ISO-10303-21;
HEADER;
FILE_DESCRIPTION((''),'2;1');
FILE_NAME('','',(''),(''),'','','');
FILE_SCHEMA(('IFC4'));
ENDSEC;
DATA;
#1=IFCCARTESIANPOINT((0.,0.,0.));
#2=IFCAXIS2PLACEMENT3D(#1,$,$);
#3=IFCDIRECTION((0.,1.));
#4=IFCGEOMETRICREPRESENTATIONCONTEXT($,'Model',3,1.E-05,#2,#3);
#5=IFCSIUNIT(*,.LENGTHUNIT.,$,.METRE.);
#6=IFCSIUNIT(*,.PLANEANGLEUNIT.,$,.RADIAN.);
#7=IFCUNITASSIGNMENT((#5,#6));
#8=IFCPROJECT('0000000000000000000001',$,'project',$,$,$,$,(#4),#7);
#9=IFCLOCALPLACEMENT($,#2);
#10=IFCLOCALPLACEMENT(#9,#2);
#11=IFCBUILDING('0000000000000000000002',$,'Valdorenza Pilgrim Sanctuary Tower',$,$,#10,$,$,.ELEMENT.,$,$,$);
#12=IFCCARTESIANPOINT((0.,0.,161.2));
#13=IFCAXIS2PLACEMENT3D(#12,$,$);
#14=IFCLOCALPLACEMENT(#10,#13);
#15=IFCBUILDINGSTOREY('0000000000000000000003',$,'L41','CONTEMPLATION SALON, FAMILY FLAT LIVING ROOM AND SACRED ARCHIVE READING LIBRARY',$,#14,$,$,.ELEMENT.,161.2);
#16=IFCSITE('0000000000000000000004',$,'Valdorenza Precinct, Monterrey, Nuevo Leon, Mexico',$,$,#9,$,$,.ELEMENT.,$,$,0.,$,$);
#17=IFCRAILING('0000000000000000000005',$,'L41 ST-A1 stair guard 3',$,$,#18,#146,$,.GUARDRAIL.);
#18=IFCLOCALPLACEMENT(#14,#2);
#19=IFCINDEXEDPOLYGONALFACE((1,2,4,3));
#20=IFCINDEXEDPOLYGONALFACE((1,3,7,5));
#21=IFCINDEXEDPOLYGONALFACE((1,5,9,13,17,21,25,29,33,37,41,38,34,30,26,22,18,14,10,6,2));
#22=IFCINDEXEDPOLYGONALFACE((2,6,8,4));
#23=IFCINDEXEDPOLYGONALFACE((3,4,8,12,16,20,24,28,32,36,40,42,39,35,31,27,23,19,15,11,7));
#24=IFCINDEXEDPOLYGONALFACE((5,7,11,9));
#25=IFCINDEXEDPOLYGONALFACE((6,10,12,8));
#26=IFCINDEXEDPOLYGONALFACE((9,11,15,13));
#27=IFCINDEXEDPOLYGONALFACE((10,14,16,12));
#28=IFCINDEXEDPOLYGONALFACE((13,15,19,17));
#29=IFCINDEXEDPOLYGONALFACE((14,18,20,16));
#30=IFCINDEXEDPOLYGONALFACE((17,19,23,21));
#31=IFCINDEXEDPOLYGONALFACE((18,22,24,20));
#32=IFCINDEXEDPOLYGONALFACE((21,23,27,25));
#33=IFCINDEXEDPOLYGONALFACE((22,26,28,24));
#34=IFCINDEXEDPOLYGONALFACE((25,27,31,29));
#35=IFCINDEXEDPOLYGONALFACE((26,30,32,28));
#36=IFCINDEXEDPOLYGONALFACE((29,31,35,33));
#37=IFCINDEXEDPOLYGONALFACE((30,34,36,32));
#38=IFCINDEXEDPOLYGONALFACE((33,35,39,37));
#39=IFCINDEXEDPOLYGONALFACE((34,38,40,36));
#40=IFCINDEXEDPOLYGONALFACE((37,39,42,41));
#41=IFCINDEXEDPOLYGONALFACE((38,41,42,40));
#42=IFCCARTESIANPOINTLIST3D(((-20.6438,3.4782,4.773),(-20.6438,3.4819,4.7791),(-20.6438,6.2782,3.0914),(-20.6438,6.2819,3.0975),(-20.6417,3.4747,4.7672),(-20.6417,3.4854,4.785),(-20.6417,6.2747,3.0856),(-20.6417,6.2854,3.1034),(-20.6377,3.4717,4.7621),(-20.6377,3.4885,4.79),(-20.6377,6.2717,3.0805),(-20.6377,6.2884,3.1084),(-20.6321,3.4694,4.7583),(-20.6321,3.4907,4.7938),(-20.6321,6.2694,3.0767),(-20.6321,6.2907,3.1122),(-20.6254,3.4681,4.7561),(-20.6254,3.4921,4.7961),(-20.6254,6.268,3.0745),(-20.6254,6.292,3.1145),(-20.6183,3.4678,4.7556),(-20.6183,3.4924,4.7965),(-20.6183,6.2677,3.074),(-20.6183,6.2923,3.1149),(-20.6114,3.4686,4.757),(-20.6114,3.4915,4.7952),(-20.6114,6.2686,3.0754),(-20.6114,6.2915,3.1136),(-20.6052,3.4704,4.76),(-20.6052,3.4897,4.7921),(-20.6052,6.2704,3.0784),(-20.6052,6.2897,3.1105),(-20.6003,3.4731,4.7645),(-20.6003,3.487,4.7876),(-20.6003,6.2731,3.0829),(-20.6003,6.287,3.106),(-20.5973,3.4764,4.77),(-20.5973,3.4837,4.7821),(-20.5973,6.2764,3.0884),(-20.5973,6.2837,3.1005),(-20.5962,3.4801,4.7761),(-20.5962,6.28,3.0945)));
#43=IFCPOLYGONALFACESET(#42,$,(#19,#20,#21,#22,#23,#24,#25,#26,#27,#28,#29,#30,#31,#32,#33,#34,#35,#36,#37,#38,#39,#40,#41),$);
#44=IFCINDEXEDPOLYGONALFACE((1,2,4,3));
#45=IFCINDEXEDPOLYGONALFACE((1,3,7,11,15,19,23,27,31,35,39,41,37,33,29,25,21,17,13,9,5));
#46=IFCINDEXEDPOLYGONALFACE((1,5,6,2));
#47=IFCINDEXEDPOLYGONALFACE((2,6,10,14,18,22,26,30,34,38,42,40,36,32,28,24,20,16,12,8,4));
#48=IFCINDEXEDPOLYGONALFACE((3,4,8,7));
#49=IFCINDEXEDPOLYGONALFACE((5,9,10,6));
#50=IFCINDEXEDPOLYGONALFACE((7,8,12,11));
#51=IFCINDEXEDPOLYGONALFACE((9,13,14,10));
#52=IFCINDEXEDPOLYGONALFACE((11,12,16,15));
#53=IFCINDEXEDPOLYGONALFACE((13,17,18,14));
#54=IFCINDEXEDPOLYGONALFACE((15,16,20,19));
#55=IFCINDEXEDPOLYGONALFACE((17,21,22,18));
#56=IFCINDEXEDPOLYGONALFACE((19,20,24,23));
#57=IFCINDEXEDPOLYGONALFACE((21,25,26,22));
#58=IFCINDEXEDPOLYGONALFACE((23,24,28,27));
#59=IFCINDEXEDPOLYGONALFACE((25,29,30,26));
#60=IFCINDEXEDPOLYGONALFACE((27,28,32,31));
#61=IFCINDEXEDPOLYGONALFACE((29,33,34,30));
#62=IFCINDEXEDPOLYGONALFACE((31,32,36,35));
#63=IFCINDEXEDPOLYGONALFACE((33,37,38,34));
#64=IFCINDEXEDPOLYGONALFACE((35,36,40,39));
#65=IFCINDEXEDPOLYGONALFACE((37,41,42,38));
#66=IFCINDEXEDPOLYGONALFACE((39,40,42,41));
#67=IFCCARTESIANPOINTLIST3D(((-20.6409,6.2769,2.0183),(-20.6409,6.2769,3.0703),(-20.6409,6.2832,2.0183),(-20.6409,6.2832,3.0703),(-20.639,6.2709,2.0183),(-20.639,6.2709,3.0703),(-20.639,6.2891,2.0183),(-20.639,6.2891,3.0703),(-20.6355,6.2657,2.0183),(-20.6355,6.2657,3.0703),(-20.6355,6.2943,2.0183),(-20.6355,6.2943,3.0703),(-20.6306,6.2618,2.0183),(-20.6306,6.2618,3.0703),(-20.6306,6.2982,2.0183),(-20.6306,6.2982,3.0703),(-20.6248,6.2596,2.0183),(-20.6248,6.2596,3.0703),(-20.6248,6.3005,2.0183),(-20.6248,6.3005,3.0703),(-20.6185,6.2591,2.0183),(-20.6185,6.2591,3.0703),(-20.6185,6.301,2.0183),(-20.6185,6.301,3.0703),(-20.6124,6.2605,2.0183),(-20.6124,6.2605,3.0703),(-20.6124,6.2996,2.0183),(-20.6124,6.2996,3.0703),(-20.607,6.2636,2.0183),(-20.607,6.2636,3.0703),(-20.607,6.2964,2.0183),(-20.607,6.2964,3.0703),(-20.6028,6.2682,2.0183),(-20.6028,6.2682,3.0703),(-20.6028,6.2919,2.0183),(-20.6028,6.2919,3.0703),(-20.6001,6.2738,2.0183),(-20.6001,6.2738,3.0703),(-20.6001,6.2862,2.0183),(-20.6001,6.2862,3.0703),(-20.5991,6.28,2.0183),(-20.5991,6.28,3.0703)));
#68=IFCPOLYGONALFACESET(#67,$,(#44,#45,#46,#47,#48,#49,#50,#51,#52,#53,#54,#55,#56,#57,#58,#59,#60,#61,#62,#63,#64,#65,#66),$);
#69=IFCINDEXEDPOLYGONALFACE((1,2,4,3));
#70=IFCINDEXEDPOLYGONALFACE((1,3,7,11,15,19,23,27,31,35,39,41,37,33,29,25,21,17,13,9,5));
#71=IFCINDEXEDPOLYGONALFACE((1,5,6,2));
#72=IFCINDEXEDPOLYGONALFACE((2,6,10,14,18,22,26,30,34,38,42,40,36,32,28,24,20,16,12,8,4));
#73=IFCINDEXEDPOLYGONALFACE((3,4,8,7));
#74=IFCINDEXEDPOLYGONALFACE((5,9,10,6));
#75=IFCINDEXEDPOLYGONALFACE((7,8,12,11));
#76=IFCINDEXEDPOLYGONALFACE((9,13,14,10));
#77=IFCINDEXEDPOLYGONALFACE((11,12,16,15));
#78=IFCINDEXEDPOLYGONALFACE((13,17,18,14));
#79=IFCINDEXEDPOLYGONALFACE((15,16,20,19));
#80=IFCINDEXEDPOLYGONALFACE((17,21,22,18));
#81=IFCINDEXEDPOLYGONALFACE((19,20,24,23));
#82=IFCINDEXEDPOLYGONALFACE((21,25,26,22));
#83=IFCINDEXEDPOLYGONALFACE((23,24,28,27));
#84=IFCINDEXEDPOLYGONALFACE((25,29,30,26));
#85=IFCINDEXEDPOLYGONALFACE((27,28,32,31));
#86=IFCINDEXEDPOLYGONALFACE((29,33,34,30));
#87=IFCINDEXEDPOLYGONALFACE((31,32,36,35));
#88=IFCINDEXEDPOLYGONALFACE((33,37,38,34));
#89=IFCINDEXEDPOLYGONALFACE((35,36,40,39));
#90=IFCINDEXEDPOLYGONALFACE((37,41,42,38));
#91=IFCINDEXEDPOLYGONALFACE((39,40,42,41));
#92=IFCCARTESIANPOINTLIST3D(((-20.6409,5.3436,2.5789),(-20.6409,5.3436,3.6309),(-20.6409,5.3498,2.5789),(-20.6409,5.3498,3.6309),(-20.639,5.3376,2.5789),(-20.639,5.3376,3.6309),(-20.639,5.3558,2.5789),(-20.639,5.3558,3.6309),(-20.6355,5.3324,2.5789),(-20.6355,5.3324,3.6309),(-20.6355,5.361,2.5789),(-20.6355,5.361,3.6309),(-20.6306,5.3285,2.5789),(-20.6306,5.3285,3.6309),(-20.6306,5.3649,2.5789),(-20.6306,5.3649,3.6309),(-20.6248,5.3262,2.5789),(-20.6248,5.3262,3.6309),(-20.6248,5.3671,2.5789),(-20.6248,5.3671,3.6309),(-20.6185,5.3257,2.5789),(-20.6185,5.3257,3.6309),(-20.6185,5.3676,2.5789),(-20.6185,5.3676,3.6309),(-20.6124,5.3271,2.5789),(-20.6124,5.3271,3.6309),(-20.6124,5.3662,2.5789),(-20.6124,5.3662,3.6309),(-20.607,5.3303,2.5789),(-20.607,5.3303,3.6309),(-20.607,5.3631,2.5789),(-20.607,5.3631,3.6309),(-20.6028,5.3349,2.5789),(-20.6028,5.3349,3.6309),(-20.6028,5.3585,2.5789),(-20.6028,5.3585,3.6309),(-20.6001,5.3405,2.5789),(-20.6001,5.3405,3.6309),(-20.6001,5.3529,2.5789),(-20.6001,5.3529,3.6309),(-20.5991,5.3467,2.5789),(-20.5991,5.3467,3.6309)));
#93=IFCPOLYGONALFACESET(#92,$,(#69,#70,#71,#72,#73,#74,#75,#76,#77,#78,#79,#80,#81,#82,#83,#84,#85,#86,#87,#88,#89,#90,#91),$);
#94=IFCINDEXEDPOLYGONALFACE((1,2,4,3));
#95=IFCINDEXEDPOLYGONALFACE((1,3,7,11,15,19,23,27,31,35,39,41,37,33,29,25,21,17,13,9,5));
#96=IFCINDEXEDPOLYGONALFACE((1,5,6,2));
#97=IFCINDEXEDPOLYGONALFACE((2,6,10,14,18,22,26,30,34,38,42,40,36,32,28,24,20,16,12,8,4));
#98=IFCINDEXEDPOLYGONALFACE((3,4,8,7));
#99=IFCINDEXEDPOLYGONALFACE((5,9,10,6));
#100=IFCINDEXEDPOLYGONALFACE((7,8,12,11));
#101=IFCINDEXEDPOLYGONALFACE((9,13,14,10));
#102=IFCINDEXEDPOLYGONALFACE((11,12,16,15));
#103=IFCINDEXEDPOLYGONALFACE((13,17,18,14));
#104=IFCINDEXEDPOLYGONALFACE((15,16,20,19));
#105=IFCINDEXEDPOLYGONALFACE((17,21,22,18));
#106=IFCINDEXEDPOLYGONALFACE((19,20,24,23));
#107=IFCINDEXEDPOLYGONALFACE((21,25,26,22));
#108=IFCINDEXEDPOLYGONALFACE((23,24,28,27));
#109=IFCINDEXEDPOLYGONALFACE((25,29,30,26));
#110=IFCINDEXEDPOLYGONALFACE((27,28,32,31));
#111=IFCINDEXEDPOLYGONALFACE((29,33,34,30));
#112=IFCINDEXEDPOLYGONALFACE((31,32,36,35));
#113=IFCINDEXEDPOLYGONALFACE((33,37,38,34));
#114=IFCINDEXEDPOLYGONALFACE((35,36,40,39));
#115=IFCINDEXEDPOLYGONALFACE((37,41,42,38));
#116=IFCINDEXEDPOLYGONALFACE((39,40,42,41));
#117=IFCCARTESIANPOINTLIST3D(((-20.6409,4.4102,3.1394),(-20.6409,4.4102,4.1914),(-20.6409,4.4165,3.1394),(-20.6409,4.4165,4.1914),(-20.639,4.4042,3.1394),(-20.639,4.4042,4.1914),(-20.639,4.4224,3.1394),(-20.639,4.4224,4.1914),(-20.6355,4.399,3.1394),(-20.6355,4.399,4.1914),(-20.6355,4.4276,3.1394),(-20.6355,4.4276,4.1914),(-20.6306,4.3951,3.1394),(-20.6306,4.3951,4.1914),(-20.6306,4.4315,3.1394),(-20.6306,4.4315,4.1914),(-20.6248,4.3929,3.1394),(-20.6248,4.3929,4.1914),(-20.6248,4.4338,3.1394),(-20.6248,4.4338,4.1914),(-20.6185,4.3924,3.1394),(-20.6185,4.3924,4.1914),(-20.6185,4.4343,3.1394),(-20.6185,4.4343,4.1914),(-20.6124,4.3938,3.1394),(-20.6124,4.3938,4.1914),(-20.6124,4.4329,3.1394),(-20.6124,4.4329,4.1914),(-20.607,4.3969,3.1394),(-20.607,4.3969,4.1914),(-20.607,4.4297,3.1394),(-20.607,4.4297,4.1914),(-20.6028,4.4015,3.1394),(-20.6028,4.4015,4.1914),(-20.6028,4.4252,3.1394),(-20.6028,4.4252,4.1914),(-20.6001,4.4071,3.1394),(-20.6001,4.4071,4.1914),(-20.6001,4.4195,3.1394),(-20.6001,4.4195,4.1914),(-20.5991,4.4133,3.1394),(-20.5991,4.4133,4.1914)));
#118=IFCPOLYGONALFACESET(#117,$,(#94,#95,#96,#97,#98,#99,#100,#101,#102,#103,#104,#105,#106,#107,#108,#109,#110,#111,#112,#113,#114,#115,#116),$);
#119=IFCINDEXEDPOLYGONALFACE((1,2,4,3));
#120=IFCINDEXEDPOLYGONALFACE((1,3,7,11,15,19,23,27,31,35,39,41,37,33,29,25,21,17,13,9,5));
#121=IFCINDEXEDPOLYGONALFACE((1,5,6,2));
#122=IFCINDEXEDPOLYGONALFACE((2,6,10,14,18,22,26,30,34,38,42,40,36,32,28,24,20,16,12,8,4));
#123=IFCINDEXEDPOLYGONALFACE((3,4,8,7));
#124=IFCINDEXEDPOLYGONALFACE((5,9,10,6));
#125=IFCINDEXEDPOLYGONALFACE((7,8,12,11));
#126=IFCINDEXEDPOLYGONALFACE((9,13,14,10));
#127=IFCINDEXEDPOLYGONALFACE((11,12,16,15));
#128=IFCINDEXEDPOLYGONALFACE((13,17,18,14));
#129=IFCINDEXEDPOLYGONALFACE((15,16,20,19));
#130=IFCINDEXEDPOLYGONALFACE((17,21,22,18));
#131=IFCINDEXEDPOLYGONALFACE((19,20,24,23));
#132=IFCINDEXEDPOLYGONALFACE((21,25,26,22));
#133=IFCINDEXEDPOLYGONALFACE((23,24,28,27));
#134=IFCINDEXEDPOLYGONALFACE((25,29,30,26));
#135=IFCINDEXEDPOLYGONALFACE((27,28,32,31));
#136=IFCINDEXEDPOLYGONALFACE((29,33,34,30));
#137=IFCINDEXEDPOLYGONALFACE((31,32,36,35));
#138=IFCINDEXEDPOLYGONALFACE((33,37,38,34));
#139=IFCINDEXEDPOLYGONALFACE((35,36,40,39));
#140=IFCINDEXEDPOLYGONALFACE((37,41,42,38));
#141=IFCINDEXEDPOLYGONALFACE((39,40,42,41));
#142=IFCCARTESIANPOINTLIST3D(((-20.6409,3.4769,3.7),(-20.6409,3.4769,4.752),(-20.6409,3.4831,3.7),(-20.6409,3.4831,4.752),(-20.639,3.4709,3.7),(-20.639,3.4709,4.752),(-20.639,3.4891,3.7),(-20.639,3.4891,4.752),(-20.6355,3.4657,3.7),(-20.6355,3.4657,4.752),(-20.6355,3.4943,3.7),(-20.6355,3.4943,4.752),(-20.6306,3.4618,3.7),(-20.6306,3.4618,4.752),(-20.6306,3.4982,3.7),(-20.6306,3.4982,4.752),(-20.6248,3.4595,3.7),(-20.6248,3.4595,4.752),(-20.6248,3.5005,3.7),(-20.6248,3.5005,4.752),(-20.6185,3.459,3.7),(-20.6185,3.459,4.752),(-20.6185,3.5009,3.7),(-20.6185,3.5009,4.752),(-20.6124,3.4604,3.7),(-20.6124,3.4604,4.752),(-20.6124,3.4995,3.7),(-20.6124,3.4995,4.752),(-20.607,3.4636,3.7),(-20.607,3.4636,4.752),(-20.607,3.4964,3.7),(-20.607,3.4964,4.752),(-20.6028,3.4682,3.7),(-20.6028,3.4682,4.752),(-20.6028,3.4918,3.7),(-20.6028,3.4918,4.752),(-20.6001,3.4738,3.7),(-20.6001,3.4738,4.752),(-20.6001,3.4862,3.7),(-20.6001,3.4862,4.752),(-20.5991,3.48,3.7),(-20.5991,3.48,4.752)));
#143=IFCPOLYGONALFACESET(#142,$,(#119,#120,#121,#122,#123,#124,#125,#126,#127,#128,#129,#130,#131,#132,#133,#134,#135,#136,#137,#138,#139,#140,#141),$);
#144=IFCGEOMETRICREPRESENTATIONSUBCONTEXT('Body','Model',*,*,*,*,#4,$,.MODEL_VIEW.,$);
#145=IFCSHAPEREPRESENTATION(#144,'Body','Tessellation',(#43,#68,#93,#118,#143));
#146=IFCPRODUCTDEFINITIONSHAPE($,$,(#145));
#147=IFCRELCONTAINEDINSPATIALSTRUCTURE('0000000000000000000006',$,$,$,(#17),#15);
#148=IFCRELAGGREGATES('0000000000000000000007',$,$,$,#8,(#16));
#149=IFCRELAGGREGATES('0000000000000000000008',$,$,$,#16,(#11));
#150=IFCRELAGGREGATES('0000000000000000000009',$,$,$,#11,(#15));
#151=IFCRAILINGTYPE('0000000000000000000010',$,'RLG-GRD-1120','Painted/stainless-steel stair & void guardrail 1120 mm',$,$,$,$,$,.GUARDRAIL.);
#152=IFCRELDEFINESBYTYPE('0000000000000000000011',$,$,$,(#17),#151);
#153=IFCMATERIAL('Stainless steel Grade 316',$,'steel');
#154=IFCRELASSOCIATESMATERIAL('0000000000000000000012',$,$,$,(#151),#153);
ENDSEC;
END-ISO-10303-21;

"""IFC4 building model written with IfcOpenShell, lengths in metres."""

from ifc_helpers import new_model, si_unit, direction, frame, origin, origin_2d, place, context, subcontext, project, spatial, circle, extrude, material, type_object, element, save


model = new_model("IFC4")

# Units and contexts
model_context = context("Model", 3, precision=1e-05, world=origin(), true_north=direction((0.0, 1.0)))
body_context = subcontext(model_context, "Body", "Model", "MODEL_VIEW")
ifc_project = project(units=[si_unit("LENGTHUNIT", "METRE"), si_unit("PLANEANGLEUNIT", "RADIAN")], contexts=[model_context])

# Site, building, storey
site_placement = place(None, origin())
site = spatial("IfcSite", under=ifc_project, at=site_placement, Name="Valdorenza Precinct, Monterrey, Nuevo Leon, Mexico", CompositionType="ELEMENT", RefElevation=0.0)
building_placement = place(site_placement, origin())
building = spatial("IfcBuilding", under=site, at=building_placement, Name="Valdorenza Pilgrim Sanctuary Tower", CompositionType="ELEMENT")
storey_placement = place(building_placement, frame((0.0, 0.0, 161.2)))
storey = spatial("IfcBuildingStorey", under=building, at=storey_placement, Name="L41", Description="CONTEMPLATION SALON, FAMILY FLAT LIVING ROOM AND SACRED ARCHIVE READING LIBRARY", CompositionType="ELEMENT", Elevation=161.2)

# Railing
ifc_material_1 = material(Name="Stainless steel Grade 316", Category="steel")
railing_type_1 = type_object("IfcRailingType", Name="RLG-GRD-1120", Description="Painted/stainless-steel stair & void guardrail 1120 mm", PredefinedType="GUARDRAIL", material=ifc_material_1)
railing_1_placement = place(storey_placement, frame((-20.6201, 6.28, 2.0183)))
element("IfcRailing", 1, at=railing_1_placement, inside=storey, type_object=railing_type_1, Name="L41 ST-A1 stair guard 3", PredefinedType="GUARDRAIL", context=body_context, shape_type="SweptSolid", body=[
    extrude(circle(Radius=0.0239, at=origin_2d()), frame((0.0, 0.0, 1.0762), z_axis=(0.0, -0.857275, 0.514858), x_axis=(1.0, 0.0, 0.0)), (0.0, 0.0, 1.0), 3.2661),
    extrude(circle(Radius=0.021, at=origin_2d()), origin(), (0.0, 0.0, 1.0), 1.052),
    extrude(circle(Radius=0.021, at=origin_2d()), frame((0.0, -0.9333, 0.5605)), (0.0, 0.0, 1.0), 1.052),
    extrude(circle(Radius=0.021, at=origin_2d()), frame((0.0, -1.8667, 1.1211)), (0.0, 0.0, 1.0), 1.052),
    extrude(circle(Radius=0.021, at=origin_2d()), frame((0.0, -2.8, 1.6816)), (0.0, 0.0, 1.0), 1.052),
])

save(model, "model.ifc")
